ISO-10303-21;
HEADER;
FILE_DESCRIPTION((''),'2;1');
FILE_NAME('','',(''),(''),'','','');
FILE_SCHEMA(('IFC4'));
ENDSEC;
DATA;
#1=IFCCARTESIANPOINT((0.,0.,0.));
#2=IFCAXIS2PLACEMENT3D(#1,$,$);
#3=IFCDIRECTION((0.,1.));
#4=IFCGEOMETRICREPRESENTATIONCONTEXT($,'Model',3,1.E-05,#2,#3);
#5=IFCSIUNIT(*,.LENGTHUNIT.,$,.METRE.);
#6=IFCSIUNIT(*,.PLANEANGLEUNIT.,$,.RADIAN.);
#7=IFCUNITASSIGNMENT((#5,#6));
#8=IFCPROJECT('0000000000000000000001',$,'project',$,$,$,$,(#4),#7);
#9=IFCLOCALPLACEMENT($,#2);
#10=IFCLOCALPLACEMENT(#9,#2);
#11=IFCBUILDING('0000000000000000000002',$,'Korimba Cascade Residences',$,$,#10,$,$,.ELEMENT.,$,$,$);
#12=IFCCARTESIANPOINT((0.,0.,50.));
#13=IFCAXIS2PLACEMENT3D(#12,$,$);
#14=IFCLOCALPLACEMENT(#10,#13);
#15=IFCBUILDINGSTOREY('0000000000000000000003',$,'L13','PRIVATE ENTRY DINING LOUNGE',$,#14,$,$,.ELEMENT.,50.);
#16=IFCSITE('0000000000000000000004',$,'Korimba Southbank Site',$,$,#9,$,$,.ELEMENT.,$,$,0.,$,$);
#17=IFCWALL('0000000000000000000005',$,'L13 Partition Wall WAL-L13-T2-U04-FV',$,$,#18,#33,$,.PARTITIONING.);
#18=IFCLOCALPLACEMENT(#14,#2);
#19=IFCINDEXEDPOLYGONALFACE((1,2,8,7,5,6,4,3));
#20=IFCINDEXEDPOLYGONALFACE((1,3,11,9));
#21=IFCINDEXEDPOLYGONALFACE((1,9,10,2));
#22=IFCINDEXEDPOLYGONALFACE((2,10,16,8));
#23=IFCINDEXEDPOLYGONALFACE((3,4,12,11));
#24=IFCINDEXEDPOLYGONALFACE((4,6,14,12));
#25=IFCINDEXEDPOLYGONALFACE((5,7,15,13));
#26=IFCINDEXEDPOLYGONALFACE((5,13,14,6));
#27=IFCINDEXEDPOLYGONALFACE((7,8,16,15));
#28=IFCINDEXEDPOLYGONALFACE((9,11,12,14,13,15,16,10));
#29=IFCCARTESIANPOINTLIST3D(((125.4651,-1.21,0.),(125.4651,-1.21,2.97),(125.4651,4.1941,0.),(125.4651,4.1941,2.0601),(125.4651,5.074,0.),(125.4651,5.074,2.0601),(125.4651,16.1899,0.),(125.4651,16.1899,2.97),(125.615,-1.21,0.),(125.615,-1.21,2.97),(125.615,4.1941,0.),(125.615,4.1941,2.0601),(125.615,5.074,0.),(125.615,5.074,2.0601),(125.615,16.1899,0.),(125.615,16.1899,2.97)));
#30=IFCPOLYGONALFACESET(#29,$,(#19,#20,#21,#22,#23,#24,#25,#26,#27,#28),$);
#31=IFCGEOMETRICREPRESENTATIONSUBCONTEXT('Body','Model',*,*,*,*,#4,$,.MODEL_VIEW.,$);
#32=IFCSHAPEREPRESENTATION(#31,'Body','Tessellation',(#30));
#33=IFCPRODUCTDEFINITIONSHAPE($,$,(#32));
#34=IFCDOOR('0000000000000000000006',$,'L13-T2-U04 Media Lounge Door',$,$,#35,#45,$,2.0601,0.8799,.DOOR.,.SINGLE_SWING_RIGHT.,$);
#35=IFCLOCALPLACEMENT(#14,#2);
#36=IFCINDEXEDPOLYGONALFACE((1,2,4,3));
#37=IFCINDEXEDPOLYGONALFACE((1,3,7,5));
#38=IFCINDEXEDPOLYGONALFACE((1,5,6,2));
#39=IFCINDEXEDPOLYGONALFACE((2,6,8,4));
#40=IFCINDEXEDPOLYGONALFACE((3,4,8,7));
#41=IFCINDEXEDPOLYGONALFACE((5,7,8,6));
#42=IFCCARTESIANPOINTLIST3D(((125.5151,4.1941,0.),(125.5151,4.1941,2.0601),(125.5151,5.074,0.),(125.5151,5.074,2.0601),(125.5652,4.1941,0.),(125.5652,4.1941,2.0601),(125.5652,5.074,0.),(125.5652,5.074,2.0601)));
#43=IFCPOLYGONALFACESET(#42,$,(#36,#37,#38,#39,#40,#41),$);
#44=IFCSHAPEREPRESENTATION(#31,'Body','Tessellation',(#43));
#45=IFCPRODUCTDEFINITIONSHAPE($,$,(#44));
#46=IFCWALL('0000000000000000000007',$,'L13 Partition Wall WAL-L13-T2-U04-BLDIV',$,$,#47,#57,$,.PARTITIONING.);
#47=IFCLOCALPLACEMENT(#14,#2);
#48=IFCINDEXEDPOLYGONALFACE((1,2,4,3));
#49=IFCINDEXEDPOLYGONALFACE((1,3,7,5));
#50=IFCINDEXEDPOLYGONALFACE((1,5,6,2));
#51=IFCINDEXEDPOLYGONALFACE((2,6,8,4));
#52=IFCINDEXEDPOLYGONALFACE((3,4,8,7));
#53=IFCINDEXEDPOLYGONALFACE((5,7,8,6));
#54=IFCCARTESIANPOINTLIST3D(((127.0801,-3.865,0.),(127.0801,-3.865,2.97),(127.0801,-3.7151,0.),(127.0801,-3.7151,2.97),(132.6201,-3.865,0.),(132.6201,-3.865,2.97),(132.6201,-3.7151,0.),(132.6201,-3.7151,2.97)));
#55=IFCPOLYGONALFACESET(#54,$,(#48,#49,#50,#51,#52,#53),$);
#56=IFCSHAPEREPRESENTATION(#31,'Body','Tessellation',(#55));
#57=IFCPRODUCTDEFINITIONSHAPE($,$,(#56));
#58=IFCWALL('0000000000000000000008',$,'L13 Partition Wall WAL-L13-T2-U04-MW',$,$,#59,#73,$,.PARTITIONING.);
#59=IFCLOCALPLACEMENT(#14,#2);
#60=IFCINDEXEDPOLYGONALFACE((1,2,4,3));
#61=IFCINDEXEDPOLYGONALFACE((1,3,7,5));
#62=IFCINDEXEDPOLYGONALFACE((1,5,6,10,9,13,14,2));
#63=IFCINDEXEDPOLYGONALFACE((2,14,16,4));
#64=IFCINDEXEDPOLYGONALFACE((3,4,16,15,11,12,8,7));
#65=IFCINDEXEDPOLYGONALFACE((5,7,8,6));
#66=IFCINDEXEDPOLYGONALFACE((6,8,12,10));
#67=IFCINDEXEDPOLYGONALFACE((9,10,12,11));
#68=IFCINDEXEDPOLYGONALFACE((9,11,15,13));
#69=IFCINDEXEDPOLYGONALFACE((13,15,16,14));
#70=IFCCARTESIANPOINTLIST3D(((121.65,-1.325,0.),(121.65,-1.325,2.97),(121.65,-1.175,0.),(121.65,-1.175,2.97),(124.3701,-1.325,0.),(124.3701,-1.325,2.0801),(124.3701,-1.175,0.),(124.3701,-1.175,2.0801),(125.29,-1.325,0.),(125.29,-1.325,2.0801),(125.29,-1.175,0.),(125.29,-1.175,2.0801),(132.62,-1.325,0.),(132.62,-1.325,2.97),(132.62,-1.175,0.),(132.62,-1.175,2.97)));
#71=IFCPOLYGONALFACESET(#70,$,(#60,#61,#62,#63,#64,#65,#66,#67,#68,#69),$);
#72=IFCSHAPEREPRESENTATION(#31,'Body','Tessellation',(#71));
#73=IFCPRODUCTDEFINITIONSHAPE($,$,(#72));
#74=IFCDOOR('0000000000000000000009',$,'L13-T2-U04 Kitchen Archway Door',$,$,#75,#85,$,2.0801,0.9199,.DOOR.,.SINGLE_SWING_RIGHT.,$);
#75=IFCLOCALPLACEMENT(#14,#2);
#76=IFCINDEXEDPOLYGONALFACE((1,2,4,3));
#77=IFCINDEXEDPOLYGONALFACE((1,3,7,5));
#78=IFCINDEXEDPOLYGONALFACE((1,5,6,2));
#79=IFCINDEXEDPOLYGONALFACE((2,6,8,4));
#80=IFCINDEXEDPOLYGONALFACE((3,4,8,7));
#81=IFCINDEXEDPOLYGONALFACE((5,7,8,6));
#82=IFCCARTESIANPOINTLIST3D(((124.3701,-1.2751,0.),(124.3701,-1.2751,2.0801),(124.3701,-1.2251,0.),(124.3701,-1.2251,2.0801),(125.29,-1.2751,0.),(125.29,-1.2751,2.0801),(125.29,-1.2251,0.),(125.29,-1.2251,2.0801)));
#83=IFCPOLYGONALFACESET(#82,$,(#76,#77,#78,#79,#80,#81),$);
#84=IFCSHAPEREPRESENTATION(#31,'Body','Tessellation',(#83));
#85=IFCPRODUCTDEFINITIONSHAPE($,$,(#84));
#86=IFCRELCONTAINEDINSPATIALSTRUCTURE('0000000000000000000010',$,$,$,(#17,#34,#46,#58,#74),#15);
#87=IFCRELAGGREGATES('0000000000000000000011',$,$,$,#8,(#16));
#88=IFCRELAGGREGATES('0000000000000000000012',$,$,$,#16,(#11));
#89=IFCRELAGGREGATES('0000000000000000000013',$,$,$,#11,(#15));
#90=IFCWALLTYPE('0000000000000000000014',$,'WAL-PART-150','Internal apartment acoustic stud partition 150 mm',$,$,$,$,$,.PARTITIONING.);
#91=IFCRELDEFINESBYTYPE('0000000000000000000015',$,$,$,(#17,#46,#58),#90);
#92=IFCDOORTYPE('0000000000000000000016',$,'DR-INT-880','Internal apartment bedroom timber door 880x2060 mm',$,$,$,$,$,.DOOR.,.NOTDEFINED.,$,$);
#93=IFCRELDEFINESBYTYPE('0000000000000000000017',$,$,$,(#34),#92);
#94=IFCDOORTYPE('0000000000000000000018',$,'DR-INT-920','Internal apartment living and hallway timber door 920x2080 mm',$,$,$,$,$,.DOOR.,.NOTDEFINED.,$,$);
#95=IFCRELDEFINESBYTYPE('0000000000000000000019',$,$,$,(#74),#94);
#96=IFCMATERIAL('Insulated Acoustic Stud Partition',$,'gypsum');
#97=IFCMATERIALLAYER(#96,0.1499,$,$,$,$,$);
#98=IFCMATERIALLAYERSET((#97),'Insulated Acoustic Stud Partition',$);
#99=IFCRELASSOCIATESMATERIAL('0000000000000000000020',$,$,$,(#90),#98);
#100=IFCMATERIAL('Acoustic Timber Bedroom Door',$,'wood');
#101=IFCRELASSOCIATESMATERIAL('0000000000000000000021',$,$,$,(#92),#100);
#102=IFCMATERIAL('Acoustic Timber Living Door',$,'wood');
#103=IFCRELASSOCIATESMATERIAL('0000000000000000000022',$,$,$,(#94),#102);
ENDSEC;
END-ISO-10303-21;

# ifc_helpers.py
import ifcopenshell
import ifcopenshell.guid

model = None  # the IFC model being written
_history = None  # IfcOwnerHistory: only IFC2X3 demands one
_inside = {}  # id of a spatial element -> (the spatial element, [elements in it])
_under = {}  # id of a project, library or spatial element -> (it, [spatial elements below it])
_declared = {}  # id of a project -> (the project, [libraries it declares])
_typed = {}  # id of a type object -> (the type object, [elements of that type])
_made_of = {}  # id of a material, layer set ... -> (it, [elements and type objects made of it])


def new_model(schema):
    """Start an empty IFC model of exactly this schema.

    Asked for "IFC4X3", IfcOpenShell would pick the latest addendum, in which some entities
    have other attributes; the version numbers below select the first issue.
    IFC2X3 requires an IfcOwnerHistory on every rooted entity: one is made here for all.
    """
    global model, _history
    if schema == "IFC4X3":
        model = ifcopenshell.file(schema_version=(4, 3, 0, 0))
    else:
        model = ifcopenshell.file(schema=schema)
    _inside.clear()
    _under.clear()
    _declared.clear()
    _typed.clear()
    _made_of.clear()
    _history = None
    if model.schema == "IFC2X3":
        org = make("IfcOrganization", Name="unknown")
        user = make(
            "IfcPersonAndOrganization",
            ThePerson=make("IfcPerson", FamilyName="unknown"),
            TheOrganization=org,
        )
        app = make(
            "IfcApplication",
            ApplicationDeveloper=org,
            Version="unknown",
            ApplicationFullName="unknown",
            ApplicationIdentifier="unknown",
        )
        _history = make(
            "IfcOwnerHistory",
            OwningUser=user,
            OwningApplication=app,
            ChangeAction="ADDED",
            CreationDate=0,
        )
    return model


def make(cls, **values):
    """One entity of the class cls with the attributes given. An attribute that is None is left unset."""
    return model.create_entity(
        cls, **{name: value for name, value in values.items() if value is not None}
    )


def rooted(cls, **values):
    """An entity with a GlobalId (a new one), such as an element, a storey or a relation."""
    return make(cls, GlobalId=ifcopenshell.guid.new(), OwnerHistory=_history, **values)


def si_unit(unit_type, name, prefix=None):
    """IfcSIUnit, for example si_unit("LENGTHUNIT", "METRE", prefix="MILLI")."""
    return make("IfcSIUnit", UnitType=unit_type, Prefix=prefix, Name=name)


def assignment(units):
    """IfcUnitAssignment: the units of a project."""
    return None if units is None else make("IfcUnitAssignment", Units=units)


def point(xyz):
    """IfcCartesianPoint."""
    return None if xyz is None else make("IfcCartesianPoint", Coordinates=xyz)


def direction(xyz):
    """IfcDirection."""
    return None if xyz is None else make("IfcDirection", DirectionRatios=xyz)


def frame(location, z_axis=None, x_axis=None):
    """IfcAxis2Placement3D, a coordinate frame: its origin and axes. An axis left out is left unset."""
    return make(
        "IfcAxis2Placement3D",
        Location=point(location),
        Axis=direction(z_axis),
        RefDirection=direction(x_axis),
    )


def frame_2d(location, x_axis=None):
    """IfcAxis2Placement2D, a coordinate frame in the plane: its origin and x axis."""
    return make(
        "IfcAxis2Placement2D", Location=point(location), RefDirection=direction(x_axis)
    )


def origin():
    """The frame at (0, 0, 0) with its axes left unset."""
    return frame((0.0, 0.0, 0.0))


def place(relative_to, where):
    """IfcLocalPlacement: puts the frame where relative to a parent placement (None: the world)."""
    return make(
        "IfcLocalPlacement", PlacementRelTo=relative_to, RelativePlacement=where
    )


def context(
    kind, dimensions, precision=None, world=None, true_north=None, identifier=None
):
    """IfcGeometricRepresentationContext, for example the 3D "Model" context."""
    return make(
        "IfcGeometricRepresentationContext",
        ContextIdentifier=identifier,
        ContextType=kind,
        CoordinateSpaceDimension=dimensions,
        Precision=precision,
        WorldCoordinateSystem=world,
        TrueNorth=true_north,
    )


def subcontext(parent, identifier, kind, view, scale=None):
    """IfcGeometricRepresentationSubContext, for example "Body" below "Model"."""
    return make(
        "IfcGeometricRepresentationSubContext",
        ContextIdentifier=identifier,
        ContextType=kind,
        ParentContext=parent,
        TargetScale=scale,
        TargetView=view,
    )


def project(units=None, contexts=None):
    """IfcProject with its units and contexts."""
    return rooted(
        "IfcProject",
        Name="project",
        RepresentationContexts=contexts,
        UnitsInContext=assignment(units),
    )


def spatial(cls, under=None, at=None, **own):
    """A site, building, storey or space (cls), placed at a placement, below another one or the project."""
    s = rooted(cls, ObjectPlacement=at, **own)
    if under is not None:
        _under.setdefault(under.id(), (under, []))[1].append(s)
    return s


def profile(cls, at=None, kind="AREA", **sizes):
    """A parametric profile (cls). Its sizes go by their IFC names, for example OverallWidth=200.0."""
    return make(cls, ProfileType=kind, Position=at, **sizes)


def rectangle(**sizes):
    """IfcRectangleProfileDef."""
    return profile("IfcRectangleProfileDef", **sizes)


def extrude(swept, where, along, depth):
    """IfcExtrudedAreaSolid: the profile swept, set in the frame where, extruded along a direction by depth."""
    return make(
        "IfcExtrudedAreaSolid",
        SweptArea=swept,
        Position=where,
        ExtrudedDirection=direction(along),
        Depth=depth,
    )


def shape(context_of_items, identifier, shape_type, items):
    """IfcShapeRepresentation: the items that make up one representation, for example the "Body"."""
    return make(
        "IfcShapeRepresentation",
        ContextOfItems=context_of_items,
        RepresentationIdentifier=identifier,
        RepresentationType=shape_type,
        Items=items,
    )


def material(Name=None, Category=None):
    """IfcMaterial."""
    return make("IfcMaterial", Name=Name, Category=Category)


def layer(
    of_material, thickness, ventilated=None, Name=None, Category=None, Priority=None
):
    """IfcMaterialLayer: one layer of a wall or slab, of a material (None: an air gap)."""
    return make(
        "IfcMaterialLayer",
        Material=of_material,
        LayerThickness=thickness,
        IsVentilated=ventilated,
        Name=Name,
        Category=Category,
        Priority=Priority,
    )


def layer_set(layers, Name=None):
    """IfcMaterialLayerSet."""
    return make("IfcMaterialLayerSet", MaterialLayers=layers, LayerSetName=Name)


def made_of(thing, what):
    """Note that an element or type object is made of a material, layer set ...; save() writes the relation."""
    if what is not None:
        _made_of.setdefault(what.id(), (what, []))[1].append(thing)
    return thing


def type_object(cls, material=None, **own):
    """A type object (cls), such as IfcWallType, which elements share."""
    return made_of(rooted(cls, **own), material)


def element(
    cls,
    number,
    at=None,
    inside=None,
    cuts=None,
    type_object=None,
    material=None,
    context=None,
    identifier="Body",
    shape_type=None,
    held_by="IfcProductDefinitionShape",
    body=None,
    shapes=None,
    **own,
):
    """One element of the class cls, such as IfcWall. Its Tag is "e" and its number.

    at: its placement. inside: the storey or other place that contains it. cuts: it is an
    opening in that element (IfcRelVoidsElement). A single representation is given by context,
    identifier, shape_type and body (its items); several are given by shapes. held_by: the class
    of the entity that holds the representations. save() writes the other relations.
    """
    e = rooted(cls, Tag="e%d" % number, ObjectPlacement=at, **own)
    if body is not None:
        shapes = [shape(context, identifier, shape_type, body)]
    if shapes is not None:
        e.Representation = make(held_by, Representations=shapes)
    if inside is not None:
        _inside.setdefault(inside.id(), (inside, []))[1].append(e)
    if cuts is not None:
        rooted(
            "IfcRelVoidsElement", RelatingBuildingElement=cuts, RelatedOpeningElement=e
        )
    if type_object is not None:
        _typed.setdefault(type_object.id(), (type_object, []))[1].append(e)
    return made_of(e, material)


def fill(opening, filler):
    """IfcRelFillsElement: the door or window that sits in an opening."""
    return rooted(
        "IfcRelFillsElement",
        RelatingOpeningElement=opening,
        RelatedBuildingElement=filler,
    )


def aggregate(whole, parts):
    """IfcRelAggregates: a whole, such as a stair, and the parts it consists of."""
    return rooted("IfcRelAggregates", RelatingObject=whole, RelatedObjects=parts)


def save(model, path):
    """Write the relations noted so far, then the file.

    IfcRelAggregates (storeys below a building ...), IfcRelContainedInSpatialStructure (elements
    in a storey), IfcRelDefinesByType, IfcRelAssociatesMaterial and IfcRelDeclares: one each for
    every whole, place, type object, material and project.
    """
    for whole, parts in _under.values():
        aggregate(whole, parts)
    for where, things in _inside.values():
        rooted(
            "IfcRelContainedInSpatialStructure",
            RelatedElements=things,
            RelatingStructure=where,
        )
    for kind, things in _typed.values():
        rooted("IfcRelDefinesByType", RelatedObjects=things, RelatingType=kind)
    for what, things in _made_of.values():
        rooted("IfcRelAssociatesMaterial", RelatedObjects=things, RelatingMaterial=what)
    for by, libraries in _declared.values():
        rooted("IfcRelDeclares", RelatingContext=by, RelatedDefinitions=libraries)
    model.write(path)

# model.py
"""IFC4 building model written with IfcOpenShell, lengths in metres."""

from ifc_helpers import new_model, si_unit, direction, frame, frame_2d, origin, place, context, subcontext, project, spatial, rectangle, extrude, material, layer, layer_set, type_object, element, fill, save


model = new_model("IFC4")

# Units and contexts
model_context = context("Model", 3, precision=1e-05, world=origin(), true_north=direction((0.0, 1.0)))
body_context = subcontext(model_context, "Body", "Model", "MODEL_VIEW")
ifc_project = project(units=[si_unit("LENGTHUNIT", "METRE"), si_unit("PLANEANGLEUNIT", "RADIAN")], contexts=[model_context])

# Site, building, storey
site_placement = place(None, origin())
site = spatial("IfcSite", under=ifc_project, at=site_placement, Name="Korimba Southbank Site", CompositionType="ELEMENT", RefElevation=0.0)
building_placement = place(site_placement, origin())
building = spatial("IfcBuilding", under=site, at=building_placement, Name="Korimba Cascade Residences", CompositionType="ELEMENT")
storey_placement = place(building_placement, frame((0.0, 0.0, 50.0)))
storey = spatial("IfcBuildingStorey", under=building, at=storey_placement, Name="L13", Description="PRIVATE ENTRY DINING LOUNGE", CompositionType="ELEMENT", Elevation=50.0)

# Shared definitions
ifc_material_1 = material(Name="Insulated Acoustic Stud Partition", Category="gypsum")
ifc_layer = layer(ifc_material_1, 0.1499)
ifc_layer_set = layer_set([ifc_layer], Name="Insulated Acoustic Stud Partition")
wall_type = type_object("IfcWallType", Name="WAL-PART-150", Description="Internal apartment acoustic stud partition 150 mm", PredefinedType="PARTITIONING", material=ifc_layer_set)

# Wall, opening, door
wall_1_placement = place(storey_placement, frame((125.54, -1.21, 0.0), z_axis=(0.0, 0.0, 1.0), x_axis=(0.0, 1.0, 0.0)))
wall_1 = element("IfcWall", 1, at=wall_1_placement, inside=storey, type_object=wall_type, Name="L13 Partition Wall WAL-L13-T2-U04-FV", PredefinedType="PARTITIONING", context=body_context, shape_type="SweptSolid", body=[
    extrude(rectangle(XDim=17.3999, YDim=0.1499, at=frame_2d((8.7, 0.0))), origin(), (0.0, 0.0, 1.0), 2.97),
])
opening_1_placement = place(wall_1_placement, frame((5.4041, 0.0, 0.0)))
opening_1 = element("IfcOpeningElement", 2, at=opening_1_placement, cuts=wall_1, PredefinedType="OPENING", context=body_context, shape_type="SweptSolid", body=[
    extrude(rectangle(XDim=0.8799, YDim=2.0601, at=frame_2d((0.4399, 1.03))), frame((0.0, 0.085, 0.0), z_axis=(0.0, -1.0, 0.0), x_axis=(1.0, 0.0, 0.0)), (0.0, 0.0, 1.0), 0.1699),
])
ifc_material_2 = material(Name="Acoustic Timber Bedroom Door", Category="wood")
door_type_1 = type_object("IfcDoorType", Name="DR-INT-880", Description="Internal apartment bedroom timber door 880x2060 mm", OperationType="NOTDEFINED", PredefinedType="DOOR", material=ifc_material_2)
door_1_placement = place(opening_1_placement, origin())
door_1 = element("IfcDoor", 3, at=door_1_placement, inside=storey, type_object=door_type_1, Name="L13-T2-U04 Media Lounge Door", OperationType="SINGLE_SWING_RIGHT", OverallHeight=2.0601, OverallWidth=0.8799, PredefinedType="DOOR", context=body_context, shape_type="SweptSolid", body=[
    extrude(rectangle(XDim=0.8799, YDim=2.0601, at=frame_2d((0.4399, 1.03))), frame((0.0, 0.0249, 0.0), z_axis=(0.0, -1.0, 0.0), x_axis=(1.0, 0.0, 0.0)), (0.0, 0.0, 1.0), 0.05),
])
fill(opening_1, door_1)

# Wall
wall_2_placement = place(storey_placement, frame((127.0801, -3.79, 0.0), z_axis=(0.0, 0.0, 1.0), x_axis=(1.0, 0.0, 0.0)))
element("IfcWall", 4, at=wall_2_placement, inside=storey, type_object=wall_type, Name="L13 Partition Wall WAL-L13-T2-U04-BLDIV", PredefinedType="PARTITIONING", context=body_context, shape_type="SweptSolid", body=[
    extrude(rectangle(XDim=5.54, YDim=0.1499, at=frame_2d((2.77, 0.0))), origin(), (0.0, 0.0, 1.0), 2.97),
])

# Wall, opening, door
wall_3_placement = place(storey_placement, frame((121.6501, -1.25, 0.0), z_axis=(0.0, 0.0, 1.0), x_axis=(1.0, 0.0, 0.0)))
wall_3 = element("IfcWall", 5, at=wall_3_placement, inside=storey, type_object=wall_type, Name="L13 Partition Wall WAL-L13-T2-U04-MW", PredefinedType="PARTITIONING", context=body_context, shape_type="SweptSolid", body=[
    extrude(rectangle(XDim=10.97, YDim=0.1499, at=frame_2d((5.4849, 0.0))), origin(), (0.0, 0.0, 1.0), 2.97),
])
opening_2_placement = place(wall_3_placement, frame((2.72, 0.0, 0.0)))
opening_2 = element("IfcOpeningElement", 6, at=opening_2_placement, cuts=wall_3, PredefinedType="OPENING", context=body_context, shape_type="SweptSolid", body=[
    extrude(rectangle(XDim=0.9199, YDim=2.0801, at=frame_2d((0.46, 1.04))), frame((0.0, 0.085, 0.0), z_axis=(0.0, -1.0, 0.0), x_axis=(1.0, 0.0, 0.0)), (0.0, 0.0, 1.0), 0.1699),
])
ifc_material_3 = material(Name="Acoustic Timber Living Door", Category="wood")
door_type_2 = type_object("IfcDoorType", Name="DR-INT-920", Description="Internal apartment living and hallway timber door 920x2080 mm", OperationType="NOTDEFINED", PredefinedType="DOOR", material=ifc_material_3)
door_2_placement = place(opening_2_placement, origin())
door_2 = element("IfcDoor", 7, at=door_2_placement, inside=storey, type_object=door_type_2, Name="L13-T2-U04 Kitchen Archway Door", OperationType="SINGLE_SWING_RIGHT", OverallHeight=2.0801, OverallWidth=0.9199, PredefinedType="DOOR", context=body_context, shape_type="SweptSolid", body=[
    extrude(rectangle(XDim=0.9199, YDim=2.0801, at=frame_2d((0.46, 1.04))), frame((0.0, 0.0249, 0.0), z_axis=(0.0, -1.0, 0.0), x_axis=(1.0, 0.0, 0.0)), (0.0, 0.0, 1.0), 0.05),
])
fill(opening_2, door_2)

save(model, "model.ifc")
